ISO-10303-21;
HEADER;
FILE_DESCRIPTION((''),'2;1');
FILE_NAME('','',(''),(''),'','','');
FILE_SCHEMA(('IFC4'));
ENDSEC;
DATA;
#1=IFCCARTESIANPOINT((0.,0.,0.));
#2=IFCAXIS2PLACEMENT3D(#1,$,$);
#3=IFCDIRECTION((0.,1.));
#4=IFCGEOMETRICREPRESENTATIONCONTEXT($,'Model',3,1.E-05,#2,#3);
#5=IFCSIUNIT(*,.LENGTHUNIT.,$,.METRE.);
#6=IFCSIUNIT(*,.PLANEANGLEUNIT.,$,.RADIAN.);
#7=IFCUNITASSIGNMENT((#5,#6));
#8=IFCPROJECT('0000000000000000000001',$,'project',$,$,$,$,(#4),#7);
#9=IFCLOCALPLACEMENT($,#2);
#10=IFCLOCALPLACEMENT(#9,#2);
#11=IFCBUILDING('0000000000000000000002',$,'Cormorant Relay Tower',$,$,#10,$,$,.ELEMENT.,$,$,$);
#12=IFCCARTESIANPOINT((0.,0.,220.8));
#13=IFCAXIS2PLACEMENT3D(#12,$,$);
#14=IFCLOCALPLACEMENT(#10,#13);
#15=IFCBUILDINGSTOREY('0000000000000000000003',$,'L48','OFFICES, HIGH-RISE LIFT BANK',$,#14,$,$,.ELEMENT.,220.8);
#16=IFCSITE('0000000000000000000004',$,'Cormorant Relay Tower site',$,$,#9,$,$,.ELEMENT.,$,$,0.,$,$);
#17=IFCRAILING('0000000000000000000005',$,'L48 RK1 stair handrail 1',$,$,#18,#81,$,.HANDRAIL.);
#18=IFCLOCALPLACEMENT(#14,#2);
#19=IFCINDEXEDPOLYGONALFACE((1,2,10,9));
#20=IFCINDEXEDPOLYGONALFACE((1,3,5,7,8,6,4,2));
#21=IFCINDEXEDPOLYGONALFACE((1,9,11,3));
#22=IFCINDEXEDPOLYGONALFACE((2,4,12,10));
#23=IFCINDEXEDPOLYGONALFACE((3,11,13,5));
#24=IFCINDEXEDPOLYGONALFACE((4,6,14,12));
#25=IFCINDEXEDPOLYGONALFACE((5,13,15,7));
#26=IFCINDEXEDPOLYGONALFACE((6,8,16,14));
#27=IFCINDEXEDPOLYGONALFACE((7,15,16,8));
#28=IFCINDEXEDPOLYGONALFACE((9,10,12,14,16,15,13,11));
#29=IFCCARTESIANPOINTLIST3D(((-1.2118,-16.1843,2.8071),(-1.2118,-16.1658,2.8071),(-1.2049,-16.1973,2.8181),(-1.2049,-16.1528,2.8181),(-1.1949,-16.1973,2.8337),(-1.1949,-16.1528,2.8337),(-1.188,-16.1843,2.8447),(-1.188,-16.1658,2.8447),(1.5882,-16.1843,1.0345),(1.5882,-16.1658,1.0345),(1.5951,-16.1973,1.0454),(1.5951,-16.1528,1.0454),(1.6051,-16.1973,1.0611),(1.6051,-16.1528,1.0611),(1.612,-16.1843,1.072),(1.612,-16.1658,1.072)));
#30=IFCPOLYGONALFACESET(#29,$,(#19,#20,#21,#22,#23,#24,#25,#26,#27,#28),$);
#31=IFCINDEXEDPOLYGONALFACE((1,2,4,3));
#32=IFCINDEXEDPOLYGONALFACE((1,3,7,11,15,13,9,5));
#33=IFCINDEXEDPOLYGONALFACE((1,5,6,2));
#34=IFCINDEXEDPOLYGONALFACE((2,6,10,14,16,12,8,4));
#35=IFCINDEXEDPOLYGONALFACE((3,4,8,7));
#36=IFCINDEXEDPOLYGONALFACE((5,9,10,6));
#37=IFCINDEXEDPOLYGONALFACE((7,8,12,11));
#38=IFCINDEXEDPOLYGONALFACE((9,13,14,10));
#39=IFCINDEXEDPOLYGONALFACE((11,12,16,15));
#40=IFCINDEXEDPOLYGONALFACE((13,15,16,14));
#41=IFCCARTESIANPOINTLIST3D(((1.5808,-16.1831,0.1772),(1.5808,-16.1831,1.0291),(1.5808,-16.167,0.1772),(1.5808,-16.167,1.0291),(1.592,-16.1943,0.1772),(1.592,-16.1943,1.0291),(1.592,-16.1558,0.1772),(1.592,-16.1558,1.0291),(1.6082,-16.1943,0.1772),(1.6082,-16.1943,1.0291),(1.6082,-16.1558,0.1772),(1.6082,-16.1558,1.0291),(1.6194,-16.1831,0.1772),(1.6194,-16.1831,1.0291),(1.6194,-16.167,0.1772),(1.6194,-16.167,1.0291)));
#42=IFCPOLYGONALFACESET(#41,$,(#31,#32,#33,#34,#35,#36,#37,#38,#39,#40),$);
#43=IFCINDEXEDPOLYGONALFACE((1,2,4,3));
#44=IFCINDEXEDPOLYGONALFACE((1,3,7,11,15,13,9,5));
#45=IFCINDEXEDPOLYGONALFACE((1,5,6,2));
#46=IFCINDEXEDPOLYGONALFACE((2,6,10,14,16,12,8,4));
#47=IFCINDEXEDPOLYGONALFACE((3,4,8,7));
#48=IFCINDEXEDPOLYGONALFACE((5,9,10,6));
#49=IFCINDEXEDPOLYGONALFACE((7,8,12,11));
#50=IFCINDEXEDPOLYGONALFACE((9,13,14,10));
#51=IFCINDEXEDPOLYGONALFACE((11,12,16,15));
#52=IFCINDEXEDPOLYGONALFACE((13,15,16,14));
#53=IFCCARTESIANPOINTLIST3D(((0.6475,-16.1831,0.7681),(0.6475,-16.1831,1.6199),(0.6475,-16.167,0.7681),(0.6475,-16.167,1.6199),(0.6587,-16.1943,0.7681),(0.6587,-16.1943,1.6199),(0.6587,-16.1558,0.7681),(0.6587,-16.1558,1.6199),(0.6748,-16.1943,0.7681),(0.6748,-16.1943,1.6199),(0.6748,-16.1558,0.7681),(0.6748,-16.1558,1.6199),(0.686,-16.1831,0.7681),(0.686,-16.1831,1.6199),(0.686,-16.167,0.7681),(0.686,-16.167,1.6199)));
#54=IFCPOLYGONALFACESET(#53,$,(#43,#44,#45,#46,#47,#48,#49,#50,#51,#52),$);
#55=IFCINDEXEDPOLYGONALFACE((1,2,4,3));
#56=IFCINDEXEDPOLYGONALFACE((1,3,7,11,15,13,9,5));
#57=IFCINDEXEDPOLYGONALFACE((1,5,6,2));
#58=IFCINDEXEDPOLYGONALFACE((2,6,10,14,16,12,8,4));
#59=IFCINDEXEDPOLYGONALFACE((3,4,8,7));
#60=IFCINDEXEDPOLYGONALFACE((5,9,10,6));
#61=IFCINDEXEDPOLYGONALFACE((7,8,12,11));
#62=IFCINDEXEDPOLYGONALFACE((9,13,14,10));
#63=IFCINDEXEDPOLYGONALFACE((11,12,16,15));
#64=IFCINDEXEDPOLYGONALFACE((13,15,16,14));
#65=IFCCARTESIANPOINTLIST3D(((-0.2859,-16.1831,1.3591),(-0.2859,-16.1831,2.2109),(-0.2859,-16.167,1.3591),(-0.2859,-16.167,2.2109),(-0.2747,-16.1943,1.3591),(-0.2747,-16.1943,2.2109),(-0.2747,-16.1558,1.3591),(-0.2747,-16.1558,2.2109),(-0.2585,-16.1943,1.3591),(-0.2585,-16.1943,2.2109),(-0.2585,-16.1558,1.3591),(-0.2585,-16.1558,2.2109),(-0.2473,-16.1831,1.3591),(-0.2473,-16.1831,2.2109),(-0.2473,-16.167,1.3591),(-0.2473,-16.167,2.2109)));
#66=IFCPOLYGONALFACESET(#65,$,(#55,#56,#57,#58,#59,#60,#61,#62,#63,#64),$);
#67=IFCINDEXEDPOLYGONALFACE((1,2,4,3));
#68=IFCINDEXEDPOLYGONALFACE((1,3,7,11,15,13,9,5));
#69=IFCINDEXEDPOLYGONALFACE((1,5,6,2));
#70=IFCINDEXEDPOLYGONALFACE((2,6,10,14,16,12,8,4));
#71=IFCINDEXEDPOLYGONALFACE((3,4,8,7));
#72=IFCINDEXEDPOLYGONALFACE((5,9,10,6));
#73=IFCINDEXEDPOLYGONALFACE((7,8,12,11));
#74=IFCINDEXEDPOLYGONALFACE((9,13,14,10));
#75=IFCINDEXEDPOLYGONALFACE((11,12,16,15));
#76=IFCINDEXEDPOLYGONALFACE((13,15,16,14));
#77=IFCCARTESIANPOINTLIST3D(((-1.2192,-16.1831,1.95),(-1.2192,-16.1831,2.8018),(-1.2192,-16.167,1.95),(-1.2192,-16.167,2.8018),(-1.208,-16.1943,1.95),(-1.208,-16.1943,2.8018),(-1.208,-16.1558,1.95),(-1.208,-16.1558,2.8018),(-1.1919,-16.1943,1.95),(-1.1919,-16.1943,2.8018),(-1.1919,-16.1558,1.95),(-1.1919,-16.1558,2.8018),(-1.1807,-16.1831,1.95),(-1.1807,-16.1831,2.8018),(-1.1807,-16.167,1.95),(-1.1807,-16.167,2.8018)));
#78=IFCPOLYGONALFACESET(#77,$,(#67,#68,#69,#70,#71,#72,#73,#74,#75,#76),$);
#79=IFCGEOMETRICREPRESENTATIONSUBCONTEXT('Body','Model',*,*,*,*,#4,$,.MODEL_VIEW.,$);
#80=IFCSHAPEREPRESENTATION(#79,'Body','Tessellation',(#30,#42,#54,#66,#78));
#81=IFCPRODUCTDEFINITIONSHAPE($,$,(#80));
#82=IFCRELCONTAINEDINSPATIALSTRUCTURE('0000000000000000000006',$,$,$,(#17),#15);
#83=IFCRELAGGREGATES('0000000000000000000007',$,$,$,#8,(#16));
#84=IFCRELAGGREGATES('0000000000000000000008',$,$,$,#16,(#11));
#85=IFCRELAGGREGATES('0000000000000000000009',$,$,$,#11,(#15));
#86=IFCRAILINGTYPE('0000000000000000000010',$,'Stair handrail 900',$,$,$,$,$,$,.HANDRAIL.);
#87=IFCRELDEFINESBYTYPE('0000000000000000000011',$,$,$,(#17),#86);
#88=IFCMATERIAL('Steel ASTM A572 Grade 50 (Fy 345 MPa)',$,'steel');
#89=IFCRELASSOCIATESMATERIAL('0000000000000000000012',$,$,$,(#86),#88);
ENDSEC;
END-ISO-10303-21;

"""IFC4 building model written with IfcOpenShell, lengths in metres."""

from ifc_helpers import new_model, si_unit, direction, frame, origin, place, context, subcontext, project, spatial, polyline, outline, extrude, material, type_object, element, save


model = new_model("IFC4")

# Units and contexts
model_context = context("Model", 3, precision=1e-05, world=origin(), true_north=direction((0.0, 1.0)))
body_context = subcontext(model_context, "Body", "Model", "MODEL_VIEW")
ifc_project = project(units=[si_unit("LENGTHUNIT", "METRE"), si_unit("PLANEANGLEUNIT", "RADIAN")], contexts=[model_context])

# Site, building, storey
site_placement = place(None, origin())
site = spatial("IfcSite", under=ifc_project, at=site_placement, Name="Cormorant Relay Tower site", CompositionType="ELEMENT", RefElevation=0.0)
building_placement = place(site_placement, origin())
building = spatial("IfcBuilding", under=site, at=building_placement, Name="Cormorant Relay Tower", CompositionType="ELEMENT")
storey_placement = place(building_placement, frame((0.0, 0.0, 220.8)))
storey = spatial("IfcBuildingStorey", under=building, at=storey_placement, Name="L48", Description="OFFICES, HIGH-RISE LIFT BANK", CompositionType="ELEMENT", Elevation=220.8)

# Railing
ifc_material_1 = material(Name="Steel ASTM A572 Grade 50 (Fy 345 MPa)", Category="steel")
railing_type = type_object("IfcRailingType", Name="Stair handrail 900", PredefinedType="HANDRAIL", material=ifc_material_1)
railing_placement = place(storey_placement, frame((1.6001, -16.175, 0.1772)))
element("IfcRailing", 1, at=railing_placement, inside=storey, type_object=railing_type, Name="L48 RK1 stair handrail 1", PredefinedType="HANDRAIL", context=body_context, shape_type="SweptSolid", body=[
    extrude(outline(polyline([(0.0222, 0.0093), (0.0093, 0.0222), (-0.0093, 0.0222), (-0.0222, 0.0093), (-0.0222, -0.0093), (-0.0093, -0.0222), (0.0093, -0.0222), (0.0222, -0.0093), (0.0222, 0.0093)])), frame((0.0, 0.0, 0.876), z_axis=(-0.844909, 0.0, 0.53491), x_axis=(0.0, -1.0, 0.0)), (0.0, 0.0, 1.0), 3.314),
    extrude(outline(polyline([(0.0193, 0.0081), (0.0081, 0.0193), (-0.0081, 0.0193), (-0.0193, 0.0081), (-0.0193, -0.0081), (-0.0081, -0.0193), (0.0081, -0.0193), (0.0193, -0.0081), (0.0193, 0.0081)])), origin(), (0.0, 0.0, 1.0), 0.8518),
    extrude(outline(polyline([(0.0193, 0.0081), (0.0081, 0.0193), (-0.0081, 0.0193), (-0.0193, 0.0081), (-0.0193, -0.0081), (-0.0081, -0.0193), (0.0081, -0.0193), (0.0193, -0.0081), (0.0193, 0.0081)])), frame((-0.9333, 0.0, 0.5908)), (0.0, 0.0, 1.0), 0.8518),
    extrude(outline(polyline([(0.0193, 0.0081), (0.0081, 0.0193), (-0.0081, 0.0193), (-0.0193, 0.0081), (-0.0193, -0.0081), (-0.0081, -0.0193), (0.0081, -0.0193), (0.0193, -0.0081), (0.0193, 0.0081)])), frame((-1.8667, 0.0, 1.1819)), (0.0, 0.0, 1.0), 0.8518),
    extrude(outline(polyline([(0.0193, 0.0081), (0.0081, 0.0193), (-0.0081, 0.0193), (-0.0193, 0.0081), (-0.0193, -0.0081), (-0.0081, -0.0193), (0.0081, -0.0193), (0.0193, -0.0081), (0.0193, 0.0081)])), frame((-2.8, 0.0, 1.7727)), (0.0, 0.0, 1.0), 0.8518),
])

save(model, "model.ifc")
